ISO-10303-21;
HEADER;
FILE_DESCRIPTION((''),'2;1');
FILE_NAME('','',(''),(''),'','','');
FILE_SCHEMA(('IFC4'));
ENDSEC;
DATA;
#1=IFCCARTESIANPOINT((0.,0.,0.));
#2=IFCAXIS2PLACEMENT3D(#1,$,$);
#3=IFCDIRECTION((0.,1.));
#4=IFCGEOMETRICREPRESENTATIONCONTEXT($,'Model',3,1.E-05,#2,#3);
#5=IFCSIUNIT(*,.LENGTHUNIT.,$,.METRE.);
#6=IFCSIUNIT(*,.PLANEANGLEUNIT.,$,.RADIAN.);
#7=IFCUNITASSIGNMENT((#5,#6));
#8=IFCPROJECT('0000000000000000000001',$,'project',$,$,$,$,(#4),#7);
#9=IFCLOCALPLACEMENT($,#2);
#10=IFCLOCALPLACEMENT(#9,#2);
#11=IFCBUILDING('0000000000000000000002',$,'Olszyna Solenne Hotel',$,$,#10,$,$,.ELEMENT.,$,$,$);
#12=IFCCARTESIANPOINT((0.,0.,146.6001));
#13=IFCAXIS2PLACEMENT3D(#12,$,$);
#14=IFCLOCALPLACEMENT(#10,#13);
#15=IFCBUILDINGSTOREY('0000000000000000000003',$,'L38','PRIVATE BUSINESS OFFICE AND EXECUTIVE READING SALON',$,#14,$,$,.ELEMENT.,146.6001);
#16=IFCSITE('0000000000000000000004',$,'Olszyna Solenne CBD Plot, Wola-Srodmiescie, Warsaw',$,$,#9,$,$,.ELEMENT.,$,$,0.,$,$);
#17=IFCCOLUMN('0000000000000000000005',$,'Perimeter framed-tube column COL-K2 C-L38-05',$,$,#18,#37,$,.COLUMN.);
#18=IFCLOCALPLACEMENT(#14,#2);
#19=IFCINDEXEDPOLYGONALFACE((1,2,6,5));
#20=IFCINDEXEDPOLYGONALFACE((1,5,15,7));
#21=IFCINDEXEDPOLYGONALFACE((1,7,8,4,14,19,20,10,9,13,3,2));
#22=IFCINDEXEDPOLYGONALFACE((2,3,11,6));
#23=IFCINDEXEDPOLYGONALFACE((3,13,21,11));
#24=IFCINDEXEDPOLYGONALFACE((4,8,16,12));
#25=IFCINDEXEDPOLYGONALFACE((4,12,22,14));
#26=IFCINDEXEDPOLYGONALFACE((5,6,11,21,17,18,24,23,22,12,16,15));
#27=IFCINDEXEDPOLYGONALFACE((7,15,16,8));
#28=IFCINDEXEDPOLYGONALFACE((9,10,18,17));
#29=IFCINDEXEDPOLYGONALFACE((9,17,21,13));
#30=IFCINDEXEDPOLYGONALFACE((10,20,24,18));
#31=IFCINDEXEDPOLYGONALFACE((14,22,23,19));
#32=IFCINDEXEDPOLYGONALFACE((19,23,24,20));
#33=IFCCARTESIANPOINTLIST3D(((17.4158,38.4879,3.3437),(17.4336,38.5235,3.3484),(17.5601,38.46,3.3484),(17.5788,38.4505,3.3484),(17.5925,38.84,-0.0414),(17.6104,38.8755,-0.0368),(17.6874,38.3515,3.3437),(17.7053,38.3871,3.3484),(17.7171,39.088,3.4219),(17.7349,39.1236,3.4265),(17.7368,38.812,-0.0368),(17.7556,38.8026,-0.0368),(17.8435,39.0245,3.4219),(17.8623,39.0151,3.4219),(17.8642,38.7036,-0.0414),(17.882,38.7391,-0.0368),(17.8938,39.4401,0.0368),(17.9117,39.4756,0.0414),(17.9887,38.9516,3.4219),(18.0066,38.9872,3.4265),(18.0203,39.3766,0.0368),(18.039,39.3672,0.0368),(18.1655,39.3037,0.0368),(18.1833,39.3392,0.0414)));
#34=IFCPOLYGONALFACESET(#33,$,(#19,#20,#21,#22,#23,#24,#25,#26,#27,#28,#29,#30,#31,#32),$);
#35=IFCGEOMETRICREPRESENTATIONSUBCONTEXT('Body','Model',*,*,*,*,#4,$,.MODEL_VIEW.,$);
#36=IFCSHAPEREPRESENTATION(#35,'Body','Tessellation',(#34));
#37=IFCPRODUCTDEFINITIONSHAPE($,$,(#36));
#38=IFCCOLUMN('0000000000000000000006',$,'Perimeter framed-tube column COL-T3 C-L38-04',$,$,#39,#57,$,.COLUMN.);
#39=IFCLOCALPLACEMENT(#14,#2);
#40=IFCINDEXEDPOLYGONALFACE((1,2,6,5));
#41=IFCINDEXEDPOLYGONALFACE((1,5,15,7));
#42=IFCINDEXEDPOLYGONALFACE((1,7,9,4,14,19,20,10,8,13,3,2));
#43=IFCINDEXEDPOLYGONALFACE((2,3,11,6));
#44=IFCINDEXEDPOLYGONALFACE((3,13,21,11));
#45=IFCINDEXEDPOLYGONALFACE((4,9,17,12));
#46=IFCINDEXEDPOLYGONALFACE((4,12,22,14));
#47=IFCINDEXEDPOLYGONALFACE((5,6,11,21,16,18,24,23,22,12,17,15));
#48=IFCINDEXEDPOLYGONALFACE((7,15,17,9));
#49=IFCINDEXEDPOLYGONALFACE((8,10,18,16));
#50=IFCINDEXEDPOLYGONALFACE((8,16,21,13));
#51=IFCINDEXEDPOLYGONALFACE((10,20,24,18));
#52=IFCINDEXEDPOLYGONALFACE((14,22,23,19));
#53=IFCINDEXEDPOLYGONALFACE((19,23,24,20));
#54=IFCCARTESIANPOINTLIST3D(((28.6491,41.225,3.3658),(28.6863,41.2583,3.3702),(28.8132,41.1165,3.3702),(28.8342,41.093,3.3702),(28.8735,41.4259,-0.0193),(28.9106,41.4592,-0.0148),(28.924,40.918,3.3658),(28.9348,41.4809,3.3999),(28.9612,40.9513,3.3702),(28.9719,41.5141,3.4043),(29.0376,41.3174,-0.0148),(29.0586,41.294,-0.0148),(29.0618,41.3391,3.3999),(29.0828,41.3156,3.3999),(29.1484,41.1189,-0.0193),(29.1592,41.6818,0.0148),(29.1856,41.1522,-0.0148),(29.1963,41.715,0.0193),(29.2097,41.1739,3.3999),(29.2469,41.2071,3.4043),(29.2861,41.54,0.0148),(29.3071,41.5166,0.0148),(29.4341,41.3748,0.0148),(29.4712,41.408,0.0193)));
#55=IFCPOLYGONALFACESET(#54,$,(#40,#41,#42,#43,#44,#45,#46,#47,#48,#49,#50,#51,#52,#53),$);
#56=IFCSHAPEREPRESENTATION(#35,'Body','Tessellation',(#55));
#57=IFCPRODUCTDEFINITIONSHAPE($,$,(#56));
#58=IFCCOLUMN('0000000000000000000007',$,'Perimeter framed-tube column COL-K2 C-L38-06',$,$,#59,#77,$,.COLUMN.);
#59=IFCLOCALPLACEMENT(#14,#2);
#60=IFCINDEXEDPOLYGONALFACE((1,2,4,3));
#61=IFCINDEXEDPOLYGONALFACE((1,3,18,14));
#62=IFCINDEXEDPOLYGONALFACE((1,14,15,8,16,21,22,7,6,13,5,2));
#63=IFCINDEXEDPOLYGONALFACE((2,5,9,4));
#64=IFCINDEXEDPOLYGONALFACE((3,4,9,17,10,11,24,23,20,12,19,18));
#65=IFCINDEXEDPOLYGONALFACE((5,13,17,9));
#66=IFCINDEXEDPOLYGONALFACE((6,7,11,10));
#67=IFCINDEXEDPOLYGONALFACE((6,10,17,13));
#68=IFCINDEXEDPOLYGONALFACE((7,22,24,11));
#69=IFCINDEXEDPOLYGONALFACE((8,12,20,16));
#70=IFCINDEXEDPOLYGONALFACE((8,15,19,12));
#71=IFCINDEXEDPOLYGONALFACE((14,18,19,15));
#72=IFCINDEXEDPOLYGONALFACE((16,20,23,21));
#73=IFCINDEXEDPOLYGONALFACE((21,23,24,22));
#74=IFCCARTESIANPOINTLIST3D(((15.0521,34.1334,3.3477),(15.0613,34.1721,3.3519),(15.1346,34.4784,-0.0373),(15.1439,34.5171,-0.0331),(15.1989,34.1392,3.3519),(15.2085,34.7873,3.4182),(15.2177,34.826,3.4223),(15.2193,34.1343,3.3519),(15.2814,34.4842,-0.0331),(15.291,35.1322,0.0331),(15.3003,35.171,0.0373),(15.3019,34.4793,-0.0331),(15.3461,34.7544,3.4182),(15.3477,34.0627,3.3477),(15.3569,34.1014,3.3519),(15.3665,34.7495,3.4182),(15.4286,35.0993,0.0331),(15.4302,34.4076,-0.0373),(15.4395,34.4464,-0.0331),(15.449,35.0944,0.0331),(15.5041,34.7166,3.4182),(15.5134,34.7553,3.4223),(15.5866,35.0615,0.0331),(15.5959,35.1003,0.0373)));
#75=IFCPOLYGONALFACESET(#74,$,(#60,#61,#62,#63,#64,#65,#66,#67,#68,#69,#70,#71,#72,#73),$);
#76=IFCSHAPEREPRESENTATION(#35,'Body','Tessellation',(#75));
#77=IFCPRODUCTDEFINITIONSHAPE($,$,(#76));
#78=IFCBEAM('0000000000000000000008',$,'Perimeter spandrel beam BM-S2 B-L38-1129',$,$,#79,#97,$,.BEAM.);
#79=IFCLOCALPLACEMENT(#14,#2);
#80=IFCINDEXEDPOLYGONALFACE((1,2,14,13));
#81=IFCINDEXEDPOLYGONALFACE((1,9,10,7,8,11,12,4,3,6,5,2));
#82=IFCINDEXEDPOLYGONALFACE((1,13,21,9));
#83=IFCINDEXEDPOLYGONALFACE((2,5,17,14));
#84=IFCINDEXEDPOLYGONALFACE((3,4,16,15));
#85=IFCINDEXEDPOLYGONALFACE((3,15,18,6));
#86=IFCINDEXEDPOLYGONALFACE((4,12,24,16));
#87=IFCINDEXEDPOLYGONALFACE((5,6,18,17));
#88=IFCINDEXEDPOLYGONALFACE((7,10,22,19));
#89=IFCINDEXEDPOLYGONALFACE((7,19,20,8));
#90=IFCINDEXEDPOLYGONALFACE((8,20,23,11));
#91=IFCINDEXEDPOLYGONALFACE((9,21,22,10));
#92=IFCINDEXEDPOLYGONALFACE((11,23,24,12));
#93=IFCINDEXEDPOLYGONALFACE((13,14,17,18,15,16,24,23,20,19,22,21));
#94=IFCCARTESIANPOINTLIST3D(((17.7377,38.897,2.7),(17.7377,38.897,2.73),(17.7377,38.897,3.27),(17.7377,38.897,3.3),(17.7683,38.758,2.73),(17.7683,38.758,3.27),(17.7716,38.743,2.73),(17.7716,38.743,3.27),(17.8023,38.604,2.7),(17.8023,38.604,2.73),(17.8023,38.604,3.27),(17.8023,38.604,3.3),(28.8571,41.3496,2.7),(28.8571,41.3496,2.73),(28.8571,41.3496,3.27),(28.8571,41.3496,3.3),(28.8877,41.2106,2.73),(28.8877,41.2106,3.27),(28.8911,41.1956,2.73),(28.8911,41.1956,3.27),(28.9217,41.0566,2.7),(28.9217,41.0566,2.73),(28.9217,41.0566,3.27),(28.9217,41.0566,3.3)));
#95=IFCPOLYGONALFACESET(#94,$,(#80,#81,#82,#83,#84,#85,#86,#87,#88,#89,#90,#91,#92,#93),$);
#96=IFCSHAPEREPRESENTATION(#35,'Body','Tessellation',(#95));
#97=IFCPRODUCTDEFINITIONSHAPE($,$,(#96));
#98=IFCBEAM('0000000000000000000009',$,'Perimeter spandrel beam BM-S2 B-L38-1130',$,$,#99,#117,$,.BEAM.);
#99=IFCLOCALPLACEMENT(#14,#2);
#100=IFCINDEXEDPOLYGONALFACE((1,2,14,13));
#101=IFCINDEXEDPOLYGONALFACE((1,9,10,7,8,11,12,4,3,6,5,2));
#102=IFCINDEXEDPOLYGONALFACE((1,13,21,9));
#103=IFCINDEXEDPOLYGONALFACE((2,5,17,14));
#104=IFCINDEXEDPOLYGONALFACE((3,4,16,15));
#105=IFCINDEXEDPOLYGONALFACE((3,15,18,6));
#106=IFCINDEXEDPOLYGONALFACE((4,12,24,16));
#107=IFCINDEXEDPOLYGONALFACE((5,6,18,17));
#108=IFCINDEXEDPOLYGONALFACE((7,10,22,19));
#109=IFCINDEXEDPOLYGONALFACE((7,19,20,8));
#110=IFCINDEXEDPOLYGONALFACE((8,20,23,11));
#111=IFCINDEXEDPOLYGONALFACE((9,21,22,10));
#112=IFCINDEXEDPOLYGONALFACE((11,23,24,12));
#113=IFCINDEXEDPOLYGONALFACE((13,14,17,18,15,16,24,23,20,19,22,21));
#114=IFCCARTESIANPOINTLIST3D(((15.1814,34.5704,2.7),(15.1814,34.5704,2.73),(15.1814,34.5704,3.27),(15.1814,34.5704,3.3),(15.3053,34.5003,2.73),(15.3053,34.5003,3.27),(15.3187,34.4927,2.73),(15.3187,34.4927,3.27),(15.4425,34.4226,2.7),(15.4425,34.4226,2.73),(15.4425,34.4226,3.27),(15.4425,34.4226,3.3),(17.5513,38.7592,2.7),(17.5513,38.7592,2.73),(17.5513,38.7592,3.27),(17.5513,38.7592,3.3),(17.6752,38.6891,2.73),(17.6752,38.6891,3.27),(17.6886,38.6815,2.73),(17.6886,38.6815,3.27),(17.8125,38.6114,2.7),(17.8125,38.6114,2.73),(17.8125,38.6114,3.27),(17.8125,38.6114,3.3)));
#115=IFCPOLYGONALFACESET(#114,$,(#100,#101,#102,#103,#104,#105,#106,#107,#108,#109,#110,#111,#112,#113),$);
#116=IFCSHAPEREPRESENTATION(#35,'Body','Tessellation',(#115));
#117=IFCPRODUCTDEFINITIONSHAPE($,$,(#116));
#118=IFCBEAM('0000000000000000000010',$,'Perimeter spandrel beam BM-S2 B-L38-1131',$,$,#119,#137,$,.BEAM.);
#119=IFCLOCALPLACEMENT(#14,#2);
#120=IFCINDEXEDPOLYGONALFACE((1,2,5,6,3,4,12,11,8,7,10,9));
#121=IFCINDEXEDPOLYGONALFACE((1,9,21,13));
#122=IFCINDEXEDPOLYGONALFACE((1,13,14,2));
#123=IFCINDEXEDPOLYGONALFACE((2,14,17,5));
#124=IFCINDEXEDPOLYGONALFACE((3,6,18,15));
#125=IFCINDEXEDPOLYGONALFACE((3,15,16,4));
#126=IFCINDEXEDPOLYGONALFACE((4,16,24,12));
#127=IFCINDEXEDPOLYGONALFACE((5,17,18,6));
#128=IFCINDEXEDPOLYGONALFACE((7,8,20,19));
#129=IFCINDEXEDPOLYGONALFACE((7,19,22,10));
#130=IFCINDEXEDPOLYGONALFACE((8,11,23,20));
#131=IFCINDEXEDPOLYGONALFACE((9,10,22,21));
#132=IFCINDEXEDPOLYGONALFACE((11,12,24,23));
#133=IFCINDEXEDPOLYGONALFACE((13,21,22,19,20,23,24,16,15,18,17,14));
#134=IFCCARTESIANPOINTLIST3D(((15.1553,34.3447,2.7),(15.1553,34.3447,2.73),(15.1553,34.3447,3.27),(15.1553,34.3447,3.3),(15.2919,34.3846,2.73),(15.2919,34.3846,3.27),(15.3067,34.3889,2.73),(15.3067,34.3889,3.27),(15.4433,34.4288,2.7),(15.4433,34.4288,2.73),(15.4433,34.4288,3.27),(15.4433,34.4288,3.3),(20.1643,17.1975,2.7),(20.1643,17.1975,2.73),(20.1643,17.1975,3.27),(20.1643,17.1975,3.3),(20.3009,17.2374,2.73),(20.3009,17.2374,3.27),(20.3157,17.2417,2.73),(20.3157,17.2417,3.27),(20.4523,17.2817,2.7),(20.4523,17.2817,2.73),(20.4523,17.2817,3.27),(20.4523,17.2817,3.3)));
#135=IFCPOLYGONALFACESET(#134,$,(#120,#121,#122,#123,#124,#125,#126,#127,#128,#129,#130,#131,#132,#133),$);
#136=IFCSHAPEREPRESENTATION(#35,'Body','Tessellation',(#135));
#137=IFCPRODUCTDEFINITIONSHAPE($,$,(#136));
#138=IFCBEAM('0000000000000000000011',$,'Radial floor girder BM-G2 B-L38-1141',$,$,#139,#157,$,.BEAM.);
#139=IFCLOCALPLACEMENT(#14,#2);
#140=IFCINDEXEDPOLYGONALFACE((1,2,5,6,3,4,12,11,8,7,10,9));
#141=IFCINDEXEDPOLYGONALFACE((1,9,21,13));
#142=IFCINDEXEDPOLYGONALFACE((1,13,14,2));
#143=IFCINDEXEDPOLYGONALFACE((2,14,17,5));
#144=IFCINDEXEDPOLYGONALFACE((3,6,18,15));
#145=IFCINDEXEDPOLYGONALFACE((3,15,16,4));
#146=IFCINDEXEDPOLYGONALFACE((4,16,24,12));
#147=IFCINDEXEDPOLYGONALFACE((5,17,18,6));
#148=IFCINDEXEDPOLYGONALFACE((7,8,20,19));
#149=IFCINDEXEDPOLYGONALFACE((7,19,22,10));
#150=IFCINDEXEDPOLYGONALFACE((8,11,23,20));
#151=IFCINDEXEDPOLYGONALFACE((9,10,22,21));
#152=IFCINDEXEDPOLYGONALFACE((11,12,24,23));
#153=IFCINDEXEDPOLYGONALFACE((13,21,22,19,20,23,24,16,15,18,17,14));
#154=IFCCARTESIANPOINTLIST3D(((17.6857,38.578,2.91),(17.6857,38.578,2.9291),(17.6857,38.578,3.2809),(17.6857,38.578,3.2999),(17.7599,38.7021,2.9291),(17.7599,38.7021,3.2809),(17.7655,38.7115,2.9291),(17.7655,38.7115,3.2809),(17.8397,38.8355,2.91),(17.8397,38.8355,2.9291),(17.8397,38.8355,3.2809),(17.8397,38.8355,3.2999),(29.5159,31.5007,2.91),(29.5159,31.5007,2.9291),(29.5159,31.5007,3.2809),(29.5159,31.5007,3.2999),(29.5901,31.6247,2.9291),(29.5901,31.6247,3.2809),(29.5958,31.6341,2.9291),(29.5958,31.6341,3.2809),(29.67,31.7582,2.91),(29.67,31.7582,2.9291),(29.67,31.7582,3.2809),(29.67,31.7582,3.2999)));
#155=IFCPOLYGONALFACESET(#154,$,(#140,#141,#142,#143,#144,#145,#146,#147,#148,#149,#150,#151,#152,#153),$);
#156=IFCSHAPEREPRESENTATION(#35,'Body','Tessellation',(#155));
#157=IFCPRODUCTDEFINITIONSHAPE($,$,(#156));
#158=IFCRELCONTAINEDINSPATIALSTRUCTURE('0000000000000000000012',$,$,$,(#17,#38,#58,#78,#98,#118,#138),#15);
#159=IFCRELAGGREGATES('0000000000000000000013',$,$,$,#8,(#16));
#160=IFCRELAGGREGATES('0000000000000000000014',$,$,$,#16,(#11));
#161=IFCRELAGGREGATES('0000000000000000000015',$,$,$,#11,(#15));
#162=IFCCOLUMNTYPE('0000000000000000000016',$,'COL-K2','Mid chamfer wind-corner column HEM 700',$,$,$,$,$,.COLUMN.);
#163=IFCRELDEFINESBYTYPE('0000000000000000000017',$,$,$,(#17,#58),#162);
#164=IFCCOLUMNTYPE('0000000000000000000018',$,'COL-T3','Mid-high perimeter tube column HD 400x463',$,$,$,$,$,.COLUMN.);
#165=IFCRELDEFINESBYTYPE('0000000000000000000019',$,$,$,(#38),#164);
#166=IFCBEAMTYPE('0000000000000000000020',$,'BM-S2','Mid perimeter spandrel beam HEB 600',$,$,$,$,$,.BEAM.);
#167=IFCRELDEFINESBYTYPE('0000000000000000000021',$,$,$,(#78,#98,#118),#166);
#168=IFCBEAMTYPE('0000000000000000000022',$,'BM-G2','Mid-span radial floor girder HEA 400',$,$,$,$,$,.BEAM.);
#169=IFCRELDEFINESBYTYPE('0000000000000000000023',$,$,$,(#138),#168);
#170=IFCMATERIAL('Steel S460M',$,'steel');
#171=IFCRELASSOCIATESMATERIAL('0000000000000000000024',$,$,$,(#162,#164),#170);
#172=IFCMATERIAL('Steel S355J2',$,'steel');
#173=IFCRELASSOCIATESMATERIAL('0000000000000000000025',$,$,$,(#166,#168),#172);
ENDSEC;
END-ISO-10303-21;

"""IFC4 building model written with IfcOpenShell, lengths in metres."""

from ifc_helpers import new_model, si_unit, direction, frame, origin, origin_2d, place, context, subcontext, project, spatial, i_section, extrude, source, transform, mapped, material, material_profile, profile_set, type_object, element, save


model = new_model("IFC4")

# Units and contexts
model_context = context("Model", 3, precision=1e-05, world=origin(), true_north=direction((0.0, 1.0)))
body_context = subcontext(model_context, "Body", "Model", "MODEL_VIEW")
ifc_project = project(units=[si_unit("LENGTHUNIT", "METRE"), si_unit("PLANEANGLEUNIT", "RADIAN")], contexts=[model_context])

# Site, building, storey
site_placement = place(None, origin())
site = spatial("IfcSite", under=ifc_project, at=site_placement, Name="Olszyna Solenne CBD Plot, Wola-Srodmiescie, Warsaw", CompositionType="ELEMENT", RefElevation=0.0)
building_placement = place(site_placement, origin())
building = spatial("IfcBuilding", under=site, at=building_placement, Name="Olszyna Solenne Hotel", CompositionType="ELEMENT")
storey_placement = place(building_placement, frame((0.0, 0.0, 146.6001)))
storey = spatial("IfcBuildingStorey", under=building, at=storey_placement, Name="L38", Description="PRIVATE BUSINESS OFFICE AND EXECUTIVE READING SALON", CompositionType="ELEMENT", Elevation=146.6001)

# Columns
ifc_material_1 = material(Name="Steel S460M", Category="steel")
ifc_material_profile_1 = material_profile(ifc_material_1, i_section(OverallWidth=0.304, OverallDepth=0.7161, WebThickness=0.021, FlangeThickness=0.04, at=origin_2d()), Name="HEM 700", Category="load-bearing")
ifc_profile_set_1 = profile_set([ifc_material_profile_1], Name="Steel S460M")
column_type_1 = type_object("IfcColumnType", Name="COL-K2", Description="Mid chamfer wind-corner column HEM 700", PredefinedType="COLUMN", material=ifc_profile_set_1)
shared_shape_1 = source(origin(), body_context, "Body", "SweptSolid", [
    extrude(i_section(OverallWidth=0.304, OverallDepth=0.7161, WebThickness=0.021, FlangeThickness=0.04, at=origin_2d()), origin(), (0.0, 0.0, 1.0), 3.408),
])
column_1_placement = place(storey_placement, frame((17.8879, 39.0896, 0.0), z_axis=(-0.051868, -0.103306, 0.993296), x_axis=(0.893682, -0.4487, 0.0)))
element("IfcColumn", 1, at=column_1_placement, inside=storey, type_object=column_type_1, Name="Perimeter framed-tube column COL-K2 C-L38-05", PredefinedType="COLUMN", context=body_context, shape_type="MappedRepresentation", body=[
    mapped(shared_shape_1, transform((0.0, 0.0, 0.0), x_axis=(1.0, 0.0, 0.0), y_axis=(0.0, 1.0, 0.0), z_axis=(0.0, 0.0, 1.0), scale=1.0)),
])
ifc_material_profile_2 = material_profile(ifc_material_1, i_section(OverallWidth=0.4121, OverallDepth=0.4351, WebThickness=0.0315, FlangeThickness=0.05, at=origin_2d()), Name="HD 400x463", Category="load-bearing")
ifc_profile_set_2 = profile_set([ifc_material_profile_2], Name="Steel S460M")
column_type_2 = type_object("IfcColumnType", Name="COL-T3", Description="Mid-high perimeter tube column HD 400x463", PredefinedType="COLUMN", material=ifc_profile_set_2)
shared_shape_2 = source(origin(), body_context, "Body", "SweptSolid", [
    extrude(i_section(OverallWidth=0.4121, OverallDepth=0.4351, WebThickness=0.0315, FlangeThickness=0.05, at=origin_2d()), origin(), (0.0, 0.0, 1.0), 3.3984),
])
column_2_placement = place(storey_placement, frame((29.1724, 41.417, 0.0), z_axis=(-0.066021, -0.059125, 0.996065), x_axis=(0.667127, -0.744944, 0.0)))
element("IfcColumn", 2, at=column_2_placement, inside=storey, type_object=column_type_2, Name="Perimeter framed-tube column COL-T3 C-L38-04", PredefinedType="COLUMN", context=body_context, shape_type="MappedRepresentation", body=[
    mapped(shared_shape_2, transform((0.0, 0.0, 0.0), x_axis=(1.0, 0.0, 0.0), y_axis=(0.0, 1.0, 0.0), z_axis=(0.0, 0.0, 1.0), scale=1.0)),
])
shared_shape_3 = source(origin(), body_context, "Body", "SweptSolid", [
    extrude(i_section(OverallWidth=0.304, OverallDepth=0.7161, WebThickness=0.021, FlangeThickness=0.04, at=origin_2d()), origin(), (0.0, 0.0, 1.0), 3.4036),
])
column_3_placement = place(storey_placement, frame((15.3652, 34.7893, 0.0), z_axis=(-0.024245, -0.101356, 0.994555), x_axis=(0.972562, -0.232644, 0.0)))
element("IfcColumn", 3, at=column_3_placement, inside=storey, type_object=column_type_1, Name="Perimeter framed-tube column COL-K2 C-L38-06", PredefinedType="COLUMN", context=body_context, shape_type="MappedRepresentation", body=[
    mapped(shared_shape_3, transform((0.0, 0.0, 0.0), x_axis=(1.0, 0.0, 0.0), y_axis=(0.0, 1.0, 0.0), z_axis=(0.0, 0.0, 1.0), scale=1.0)),
])

# Beams
ifc_material_2 = material(Name="Steel S355J2", Category="steel")
ifc_material_profile_3 = material_profile(ifc_material_2, i_section(OverallWidth=0.3, OverallDepth=0.6001, WebThickness=0.0154, FlangeThickness=0.03, at=origin_2d()), Name="HEB 600", Category="load-bearing")
ifc_profile_set_3 = profile_set([ifc_material_profile_3], Name="Steel S355J2")
beam_type_1 = type_object("IfcBeamType", Name="BM-S2", Description="Mid perimeter spandrel beam HEB 600", PredefinedType="BEAM", material=ifc_profile_set_3)
shared_shape_4 = source(origin(), body_context, "Body", "SweptSolid", [
    extrude(i_section(OverallWidth=0.3, OverallDepth=0.6001, WebThickness=0.0154, FlangeThickness=0.03, at=origin_2d()), origin(), (0.0, 0.0, 1.0), 11.3867),
])
beam_1_placement = place(storey_placement, frame((28.8894, 41.2031, 3.0), z_axis=(-0.976527, -0.215396, 0.0), x_axis=(0.215396, -0.976527, 0.0)))
element("IfcBeam", 4, at=beam_1_placement, inside=storey, type_object=beam_type_1, Name="Perimeter spandrel beam BM-S2 B-L38-1129", PredefinedType="BEAM", context=body_context, shape_type="MappedRepresentation", body=[
    mapped(shared_shape_4, transform((0.0, 0.0, 0.0), x_axis=(1.0, 0.0, 0.0), y_axis=(0.0, 1.0, 0.0), z_axis=(0.0, 0.0, 1.0), scale=1.0)),
])
shared_shape_5 = source(origin(), body_context, "Body", "SweptSolid", [
    extrude(i_section(OverallWidth=0.3, OverallDepth=0.6001, WebThickness=0.0154, FlangeThickness=0.03, at=origin_2d()), origin(), (0.0, 0.0, 1.0), 4.8127),
])
beam_2_placement = place(storey_placement, frame((17.6819, 38.6853, 3.0), z_axis=(-0.492425, -0.870355, 0.0), x_axis=(0.870355, -0.492425, 0.0)))
element("IfcBeam", 5, at=beam_2_placement, inside=storey, type_object=beam_type_1, Name="Perimeter spandrel beam BM-S2 B-L38-1130", PredefinedType="BEAM", context=body_context, shape_type="MappedRepresentation", body=[
    mapped(shared_shape_5, transform((0.0, 0.0, 0.0), x_axis=(1.0, 0.0, 0.0), y_axis=(0.0, 1.0, 0.0), z_axis=(0.0, 0.0, 1.0), scale=1.0)),
])
shared_shape_6 = source(origin(), body_context, "Body", "SweptSolid", [
    extrude(i_section(OverallWidth=0.3, OverallDepth=0.6001, WebThickness=0.0154, FlangeThickness=0.03, at=origin_2d()), origin(), (0.0, 0.0, 1.0), 17.8638),
])
beam_3_placement = place(storey_placement, frame((15.2993, 34.3867, 3.0), z_axis=(0.2804, -0.959883, 0.0), x_axis=(0.959883, 0.2804, 0.0)))
element("IfcBeam", 6, at=beam_3_placement, inside=storey, type_object=beam_type_1, Name="Perimeter spandrel beam BM-S2 B-L38-1131", PredefinedType="BEAM", context=body_context, shape_type="MappedRepresentation", body=[
    mapped(shared_shape_6, transform((0.0, 0.0, 0.0), x_axis=(1.0, 0.0, 0.0), y_axis=(0.0, 1.0, 0.0), z_axis=(0.0, 0.0, 1.0), scale=1.0)),
])
ifc_material_profile_4 = material_profile(ifc_material_2, i_section(OverallWidth=0.3, OverallDepth=0.3899, WebThickness=0.011, FlangeThickness=0.019, at=origin_2d()), Name="HEA 400", Category="load-bearing")
ifc_profile_set_4 = profile_set([ifc_material_profile_4], Name="Steel S355J2")
beam_type_2 = type_object("IfcBeamType", Name="BM-G2", Description="Mid-span radial floor girder HEA 400", PredefinedType="BEAM", material=ifc_profile_set_4)
shared_shape_7 = source(origin(), body_context, "Body", "SweptSolid", [
    extrude(i_section(OverallWidth=0.3, OverallDepth=0.3899, WebThickness=0.011, FlangeThickness=0.019, at=origin_2d()), origin(), (0.0, 0.0, 1.0), 13.7856),
])
beam_4_placement = place(storey_placement, frame((17.7627, 38.7068, 3.105), z_axis=(0.858158, -0.513386, 0.0), x_axis=(0.513386, 0.858158, 0.0)))
element("IfcBeam", 7, at=beam_4_placement, inside=storey, type_object=beam_type_2, Name="Radial floor girder BM-G2 B-L38-1141", PredefinedType="BEAM", context=body_context, shape_type="MappedRepresentation", body=[
    mapped(shared_shape_7, transform((0.0, 0.0, 0.0), x_axis=(1.0, 0.0, 0.0), y_axis=(0.0, 1.0, 0.0), z_axis=(0.0, 0.0, 1.0), scale=1.0)),
])

save(model, "model.ifc")
